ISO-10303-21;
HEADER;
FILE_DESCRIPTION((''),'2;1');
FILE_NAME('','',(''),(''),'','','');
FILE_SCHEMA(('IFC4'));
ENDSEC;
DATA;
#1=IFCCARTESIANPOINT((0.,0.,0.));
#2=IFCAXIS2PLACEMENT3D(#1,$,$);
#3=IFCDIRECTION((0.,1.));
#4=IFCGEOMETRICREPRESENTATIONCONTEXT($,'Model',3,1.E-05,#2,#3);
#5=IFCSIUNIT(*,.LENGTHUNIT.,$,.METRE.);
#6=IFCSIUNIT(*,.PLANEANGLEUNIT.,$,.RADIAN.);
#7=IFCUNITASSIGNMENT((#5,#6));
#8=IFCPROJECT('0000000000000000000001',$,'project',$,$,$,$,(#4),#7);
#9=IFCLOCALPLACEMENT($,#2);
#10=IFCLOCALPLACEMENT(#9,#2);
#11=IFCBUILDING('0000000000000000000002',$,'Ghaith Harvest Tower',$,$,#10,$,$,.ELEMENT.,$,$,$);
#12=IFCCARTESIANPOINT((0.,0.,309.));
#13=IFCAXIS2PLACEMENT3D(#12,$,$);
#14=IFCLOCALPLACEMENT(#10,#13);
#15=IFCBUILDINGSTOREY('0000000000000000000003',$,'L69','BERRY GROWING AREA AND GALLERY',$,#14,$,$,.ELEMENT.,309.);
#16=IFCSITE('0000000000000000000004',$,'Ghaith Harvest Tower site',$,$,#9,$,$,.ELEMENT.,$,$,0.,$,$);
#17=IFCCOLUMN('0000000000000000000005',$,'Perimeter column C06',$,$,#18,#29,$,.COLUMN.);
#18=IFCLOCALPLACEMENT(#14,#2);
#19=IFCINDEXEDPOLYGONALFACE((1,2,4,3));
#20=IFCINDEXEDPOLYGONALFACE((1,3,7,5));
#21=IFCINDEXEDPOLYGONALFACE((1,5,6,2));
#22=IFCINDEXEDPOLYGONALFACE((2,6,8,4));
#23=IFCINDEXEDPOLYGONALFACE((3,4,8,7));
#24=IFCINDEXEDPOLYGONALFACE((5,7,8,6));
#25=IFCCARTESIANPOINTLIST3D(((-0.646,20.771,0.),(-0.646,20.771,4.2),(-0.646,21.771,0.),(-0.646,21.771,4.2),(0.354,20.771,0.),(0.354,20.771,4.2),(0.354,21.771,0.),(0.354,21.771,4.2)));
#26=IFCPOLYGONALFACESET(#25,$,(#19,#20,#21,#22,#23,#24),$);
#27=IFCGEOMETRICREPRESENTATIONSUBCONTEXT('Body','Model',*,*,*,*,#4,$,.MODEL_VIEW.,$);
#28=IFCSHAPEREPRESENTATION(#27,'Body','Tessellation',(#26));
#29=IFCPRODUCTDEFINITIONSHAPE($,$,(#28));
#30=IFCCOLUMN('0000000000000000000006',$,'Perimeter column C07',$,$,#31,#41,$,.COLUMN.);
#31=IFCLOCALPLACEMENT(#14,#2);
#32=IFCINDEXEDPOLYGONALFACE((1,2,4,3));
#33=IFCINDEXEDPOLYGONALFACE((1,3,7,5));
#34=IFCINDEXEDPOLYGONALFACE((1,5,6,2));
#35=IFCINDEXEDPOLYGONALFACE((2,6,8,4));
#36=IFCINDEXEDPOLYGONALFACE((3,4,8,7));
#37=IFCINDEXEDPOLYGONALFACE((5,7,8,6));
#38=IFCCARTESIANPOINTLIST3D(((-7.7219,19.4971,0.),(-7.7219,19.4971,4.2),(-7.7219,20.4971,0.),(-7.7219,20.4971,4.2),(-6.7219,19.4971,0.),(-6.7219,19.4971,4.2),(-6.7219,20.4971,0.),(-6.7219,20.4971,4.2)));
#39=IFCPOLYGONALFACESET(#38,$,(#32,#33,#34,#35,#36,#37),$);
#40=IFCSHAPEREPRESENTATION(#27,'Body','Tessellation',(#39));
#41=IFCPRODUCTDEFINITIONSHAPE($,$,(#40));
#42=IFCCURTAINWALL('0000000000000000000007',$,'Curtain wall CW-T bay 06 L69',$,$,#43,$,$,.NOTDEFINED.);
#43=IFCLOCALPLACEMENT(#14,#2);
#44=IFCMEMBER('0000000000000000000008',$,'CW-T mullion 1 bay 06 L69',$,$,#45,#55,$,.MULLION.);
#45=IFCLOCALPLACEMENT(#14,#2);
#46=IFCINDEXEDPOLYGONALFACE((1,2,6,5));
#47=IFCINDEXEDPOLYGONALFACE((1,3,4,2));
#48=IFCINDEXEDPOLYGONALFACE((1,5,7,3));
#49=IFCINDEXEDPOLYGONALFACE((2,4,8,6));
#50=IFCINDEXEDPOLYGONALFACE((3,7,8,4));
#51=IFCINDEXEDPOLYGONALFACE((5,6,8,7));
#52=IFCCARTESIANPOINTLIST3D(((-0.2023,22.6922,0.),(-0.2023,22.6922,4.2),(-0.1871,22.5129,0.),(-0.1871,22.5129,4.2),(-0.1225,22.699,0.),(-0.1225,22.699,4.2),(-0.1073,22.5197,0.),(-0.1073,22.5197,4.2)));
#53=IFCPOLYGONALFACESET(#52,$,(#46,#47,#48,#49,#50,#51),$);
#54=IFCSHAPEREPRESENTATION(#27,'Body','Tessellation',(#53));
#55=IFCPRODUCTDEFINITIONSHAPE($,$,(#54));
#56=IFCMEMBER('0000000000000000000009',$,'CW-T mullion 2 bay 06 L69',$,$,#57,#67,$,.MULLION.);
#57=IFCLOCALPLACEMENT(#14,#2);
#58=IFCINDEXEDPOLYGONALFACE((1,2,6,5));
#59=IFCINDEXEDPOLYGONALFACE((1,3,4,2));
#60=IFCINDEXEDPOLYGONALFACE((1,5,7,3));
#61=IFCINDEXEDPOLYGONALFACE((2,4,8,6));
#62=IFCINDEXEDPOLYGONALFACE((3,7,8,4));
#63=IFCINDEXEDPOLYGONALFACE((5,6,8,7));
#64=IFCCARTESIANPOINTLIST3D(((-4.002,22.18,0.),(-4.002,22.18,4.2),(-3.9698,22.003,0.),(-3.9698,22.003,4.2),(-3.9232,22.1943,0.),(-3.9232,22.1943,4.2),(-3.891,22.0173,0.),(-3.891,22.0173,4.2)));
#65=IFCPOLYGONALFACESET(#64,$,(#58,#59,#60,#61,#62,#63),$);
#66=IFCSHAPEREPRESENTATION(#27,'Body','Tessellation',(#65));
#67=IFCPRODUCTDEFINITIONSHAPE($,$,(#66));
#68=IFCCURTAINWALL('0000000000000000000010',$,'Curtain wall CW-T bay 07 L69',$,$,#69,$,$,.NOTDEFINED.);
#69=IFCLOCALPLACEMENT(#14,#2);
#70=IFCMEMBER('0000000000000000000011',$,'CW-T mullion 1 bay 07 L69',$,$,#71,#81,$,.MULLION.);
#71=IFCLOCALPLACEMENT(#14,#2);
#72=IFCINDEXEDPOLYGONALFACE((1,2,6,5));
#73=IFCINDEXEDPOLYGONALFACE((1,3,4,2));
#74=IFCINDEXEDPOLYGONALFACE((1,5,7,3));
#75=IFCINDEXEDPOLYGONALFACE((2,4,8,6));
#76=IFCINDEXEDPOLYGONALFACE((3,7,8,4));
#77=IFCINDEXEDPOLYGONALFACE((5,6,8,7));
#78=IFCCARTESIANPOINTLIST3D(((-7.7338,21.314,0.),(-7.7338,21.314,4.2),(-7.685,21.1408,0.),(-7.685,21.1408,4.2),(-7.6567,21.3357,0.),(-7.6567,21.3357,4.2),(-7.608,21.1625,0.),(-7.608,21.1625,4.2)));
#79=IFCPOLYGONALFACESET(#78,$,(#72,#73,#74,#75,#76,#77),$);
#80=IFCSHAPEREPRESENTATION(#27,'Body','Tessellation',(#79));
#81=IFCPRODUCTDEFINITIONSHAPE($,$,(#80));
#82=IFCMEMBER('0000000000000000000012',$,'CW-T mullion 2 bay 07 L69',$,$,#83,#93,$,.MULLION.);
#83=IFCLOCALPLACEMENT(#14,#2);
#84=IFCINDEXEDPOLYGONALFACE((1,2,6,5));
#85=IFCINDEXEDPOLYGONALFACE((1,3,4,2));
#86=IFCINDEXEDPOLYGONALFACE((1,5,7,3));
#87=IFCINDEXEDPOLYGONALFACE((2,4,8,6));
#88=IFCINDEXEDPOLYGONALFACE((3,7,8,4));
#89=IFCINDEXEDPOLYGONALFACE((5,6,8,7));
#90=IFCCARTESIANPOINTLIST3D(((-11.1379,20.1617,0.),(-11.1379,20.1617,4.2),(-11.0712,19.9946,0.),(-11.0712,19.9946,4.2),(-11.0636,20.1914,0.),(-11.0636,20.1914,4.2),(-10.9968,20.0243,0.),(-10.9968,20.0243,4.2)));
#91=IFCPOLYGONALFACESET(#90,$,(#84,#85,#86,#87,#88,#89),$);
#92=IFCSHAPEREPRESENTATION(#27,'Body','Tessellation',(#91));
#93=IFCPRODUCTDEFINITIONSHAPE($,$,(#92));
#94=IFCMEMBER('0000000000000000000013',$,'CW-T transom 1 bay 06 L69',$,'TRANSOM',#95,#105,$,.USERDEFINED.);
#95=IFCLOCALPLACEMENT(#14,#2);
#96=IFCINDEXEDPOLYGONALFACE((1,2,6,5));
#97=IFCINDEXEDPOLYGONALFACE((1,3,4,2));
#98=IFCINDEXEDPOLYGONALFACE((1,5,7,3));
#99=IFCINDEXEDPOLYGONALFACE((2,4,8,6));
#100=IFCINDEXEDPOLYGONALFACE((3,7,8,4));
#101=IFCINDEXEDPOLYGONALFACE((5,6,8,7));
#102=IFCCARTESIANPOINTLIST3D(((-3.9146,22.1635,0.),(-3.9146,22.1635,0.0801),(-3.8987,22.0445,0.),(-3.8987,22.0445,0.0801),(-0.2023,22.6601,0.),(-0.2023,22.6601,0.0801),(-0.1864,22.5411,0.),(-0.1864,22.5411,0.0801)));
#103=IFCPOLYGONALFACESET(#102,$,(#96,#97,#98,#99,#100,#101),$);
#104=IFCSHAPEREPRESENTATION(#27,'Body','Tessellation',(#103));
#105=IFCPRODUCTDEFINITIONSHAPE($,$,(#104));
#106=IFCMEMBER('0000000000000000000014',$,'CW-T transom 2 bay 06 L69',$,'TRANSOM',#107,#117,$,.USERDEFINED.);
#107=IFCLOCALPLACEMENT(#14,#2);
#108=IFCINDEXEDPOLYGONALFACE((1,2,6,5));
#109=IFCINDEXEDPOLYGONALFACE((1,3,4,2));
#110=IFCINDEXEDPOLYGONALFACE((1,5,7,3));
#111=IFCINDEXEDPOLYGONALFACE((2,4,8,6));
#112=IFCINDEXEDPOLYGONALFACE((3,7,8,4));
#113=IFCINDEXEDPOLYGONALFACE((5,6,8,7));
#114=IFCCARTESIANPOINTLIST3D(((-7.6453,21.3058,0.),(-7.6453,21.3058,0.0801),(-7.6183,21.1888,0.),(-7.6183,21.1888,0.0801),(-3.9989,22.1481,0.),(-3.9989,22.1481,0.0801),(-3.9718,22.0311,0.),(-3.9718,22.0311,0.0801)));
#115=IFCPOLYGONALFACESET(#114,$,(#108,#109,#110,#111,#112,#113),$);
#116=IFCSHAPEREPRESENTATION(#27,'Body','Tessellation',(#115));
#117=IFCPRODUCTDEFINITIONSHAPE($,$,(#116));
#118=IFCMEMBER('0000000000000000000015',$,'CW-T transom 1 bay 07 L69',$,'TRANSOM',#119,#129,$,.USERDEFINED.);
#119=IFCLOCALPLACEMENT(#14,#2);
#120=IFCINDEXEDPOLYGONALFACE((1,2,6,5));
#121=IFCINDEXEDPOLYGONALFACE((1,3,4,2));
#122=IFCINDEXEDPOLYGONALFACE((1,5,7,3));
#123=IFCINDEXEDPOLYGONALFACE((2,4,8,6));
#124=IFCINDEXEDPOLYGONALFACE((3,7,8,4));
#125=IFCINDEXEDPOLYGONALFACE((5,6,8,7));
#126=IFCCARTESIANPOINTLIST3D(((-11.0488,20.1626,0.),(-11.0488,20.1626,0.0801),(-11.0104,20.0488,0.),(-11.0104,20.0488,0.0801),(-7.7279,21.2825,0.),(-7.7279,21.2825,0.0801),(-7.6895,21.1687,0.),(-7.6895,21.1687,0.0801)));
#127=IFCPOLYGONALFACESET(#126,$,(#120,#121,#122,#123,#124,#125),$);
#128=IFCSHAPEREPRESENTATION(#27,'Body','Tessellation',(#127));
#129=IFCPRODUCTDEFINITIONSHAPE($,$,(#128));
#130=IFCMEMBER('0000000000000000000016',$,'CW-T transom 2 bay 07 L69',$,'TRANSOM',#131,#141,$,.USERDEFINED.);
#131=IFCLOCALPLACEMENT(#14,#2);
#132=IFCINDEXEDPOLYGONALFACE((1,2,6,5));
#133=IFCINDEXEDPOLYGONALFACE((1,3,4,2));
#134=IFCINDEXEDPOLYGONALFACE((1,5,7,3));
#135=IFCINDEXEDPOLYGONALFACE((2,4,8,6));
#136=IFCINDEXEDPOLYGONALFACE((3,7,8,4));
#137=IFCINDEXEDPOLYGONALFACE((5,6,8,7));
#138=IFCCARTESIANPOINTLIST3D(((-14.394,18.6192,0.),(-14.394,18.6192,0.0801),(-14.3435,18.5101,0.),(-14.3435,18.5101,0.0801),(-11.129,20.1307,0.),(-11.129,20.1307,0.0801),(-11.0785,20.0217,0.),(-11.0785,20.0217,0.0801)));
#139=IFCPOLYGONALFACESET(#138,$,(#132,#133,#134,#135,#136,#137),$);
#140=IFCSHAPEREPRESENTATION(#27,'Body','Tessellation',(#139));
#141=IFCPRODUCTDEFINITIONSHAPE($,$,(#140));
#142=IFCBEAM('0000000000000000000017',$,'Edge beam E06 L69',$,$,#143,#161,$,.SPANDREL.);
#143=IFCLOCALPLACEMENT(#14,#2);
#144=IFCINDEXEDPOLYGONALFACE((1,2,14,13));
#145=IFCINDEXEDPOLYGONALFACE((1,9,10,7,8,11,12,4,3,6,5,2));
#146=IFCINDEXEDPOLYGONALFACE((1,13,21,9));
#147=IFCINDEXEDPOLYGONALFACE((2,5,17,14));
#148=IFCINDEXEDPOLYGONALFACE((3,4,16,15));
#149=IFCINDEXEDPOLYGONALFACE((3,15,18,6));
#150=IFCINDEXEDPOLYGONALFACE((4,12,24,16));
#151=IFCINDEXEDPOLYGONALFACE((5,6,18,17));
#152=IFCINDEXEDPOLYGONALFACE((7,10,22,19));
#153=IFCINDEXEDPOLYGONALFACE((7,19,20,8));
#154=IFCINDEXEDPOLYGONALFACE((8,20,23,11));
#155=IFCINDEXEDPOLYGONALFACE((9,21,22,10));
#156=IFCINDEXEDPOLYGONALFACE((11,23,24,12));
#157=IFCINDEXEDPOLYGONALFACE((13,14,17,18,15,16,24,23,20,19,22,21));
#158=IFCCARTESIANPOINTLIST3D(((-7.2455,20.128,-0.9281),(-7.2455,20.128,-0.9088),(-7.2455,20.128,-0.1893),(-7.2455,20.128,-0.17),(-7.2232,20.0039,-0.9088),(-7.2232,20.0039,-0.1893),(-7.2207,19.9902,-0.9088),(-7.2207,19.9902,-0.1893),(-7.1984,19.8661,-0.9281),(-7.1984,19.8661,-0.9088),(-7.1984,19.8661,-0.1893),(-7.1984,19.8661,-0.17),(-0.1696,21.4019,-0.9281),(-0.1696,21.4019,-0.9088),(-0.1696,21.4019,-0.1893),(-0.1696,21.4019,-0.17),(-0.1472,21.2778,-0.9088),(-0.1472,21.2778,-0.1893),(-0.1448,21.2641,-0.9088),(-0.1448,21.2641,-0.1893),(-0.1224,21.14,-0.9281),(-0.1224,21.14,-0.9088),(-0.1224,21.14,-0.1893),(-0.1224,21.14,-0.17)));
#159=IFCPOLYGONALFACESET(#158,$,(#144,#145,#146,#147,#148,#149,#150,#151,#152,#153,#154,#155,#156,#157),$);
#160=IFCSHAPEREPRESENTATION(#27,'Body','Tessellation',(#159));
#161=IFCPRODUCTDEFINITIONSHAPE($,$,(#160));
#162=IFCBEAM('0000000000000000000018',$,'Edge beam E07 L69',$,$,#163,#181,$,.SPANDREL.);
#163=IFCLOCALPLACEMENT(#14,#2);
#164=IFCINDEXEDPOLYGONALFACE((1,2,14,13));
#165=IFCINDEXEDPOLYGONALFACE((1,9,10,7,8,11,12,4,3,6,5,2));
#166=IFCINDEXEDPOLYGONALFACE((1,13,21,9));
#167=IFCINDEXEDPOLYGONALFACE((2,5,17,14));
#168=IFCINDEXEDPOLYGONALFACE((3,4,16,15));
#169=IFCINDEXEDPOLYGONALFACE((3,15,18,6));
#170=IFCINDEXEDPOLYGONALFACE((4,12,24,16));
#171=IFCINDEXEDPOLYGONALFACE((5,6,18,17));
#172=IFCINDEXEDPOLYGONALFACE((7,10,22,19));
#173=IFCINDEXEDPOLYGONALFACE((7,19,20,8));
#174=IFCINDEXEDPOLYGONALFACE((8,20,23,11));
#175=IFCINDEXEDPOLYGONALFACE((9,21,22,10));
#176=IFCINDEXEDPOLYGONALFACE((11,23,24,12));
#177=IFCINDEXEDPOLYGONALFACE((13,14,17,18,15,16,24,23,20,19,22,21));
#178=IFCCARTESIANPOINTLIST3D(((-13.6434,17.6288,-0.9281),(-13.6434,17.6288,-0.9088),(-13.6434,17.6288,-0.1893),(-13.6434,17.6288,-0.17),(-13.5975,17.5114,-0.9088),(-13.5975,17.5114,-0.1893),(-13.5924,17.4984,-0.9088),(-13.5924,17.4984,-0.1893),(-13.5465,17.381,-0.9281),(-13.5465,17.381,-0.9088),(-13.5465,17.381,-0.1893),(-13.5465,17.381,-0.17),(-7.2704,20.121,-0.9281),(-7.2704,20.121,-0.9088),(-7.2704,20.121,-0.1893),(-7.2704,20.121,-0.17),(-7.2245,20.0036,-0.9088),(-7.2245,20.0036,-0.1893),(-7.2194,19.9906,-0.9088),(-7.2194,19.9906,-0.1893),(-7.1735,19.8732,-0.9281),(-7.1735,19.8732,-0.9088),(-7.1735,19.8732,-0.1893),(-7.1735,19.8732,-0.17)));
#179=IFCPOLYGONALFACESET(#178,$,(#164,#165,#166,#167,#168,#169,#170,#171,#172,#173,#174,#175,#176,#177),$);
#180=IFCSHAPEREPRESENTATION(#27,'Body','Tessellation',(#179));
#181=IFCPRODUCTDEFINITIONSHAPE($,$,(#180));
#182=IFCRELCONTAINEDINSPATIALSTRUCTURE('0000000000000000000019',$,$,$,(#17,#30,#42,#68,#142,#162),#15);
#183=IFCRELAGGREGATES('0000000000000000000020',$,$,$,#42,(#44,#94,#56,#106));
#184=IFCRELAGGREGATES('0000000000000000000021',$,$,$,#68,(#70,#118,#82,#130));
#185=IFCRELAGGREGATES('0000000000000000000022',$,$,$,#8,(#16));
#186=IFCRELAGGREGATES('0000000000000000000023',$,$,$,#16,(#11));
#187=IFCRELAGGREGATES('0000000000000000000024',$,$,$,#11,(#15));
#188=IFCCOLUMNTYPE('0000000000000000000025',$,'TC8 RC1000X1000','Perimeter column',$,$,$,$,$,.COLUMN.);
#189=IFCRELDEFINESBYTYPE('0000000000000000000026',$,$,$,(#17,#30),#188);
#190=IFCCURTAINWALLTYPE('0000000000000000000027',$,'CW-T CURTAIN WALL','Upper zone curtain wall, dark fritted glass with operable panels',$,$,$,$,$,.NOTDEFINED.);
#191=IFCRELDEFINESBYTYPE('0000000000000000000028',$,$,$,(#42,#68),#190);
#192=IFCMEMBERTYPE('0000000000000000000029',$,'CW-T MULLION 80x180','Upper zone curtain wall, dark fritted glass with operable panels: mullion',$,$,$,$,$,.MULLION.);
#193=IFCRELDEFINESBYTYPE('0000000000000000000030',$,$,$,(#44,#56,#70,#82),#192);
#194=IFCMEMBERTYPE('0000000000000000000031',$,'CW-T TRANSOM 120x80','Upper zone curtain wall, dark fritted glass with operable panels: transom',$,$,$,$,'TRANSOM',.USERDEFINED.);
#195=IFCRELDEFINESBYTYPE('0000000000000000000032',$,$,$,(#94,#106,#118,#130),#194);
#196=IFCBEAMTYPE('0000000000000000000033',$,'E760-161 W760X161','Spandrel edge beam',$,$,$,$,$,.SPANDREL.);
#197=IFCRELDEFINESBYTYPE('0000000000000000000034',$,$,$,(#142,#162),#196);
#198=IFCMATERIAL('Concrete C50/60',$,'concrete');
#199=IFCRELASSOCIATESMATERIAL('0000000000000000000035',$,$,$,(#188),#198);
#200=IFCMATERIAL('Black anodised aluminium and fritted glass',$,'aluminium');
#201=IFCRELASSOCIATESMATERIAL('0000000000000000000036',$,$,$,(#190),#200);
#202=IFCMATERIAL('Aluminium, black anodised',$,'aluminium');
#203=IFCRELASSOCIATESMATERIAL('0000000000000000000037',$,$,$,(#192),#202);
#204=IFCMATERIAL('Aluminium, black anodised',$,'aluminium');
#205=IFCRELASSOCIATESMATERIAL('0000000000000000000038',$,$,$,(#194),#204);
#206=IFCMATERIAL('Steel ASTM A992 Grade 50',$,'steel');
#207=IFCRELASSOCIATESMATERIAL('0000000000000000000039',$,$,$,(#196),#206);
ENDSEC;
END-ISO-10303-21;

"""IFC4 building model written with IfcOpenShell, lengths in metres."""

from ifc_helpers import new_model, si_unit, direction, frame, origin, origin_2d, place, context, subcontext, project, spatial, rectangle, i_section, extrude, material, material_profile, profile_set, type_object, element, aggregate, save


model = new_model("IFC4")

# Units and contexts
model_context = context("Model", 3, precision=1e-05, world=origin(), true_north=direction((0.0, 1.0)))
body_context = subcontext(model_context, "Body", "Model", "MODEL_VIEW")
ifc_project = project(units=[si_unit("LENGTHUNIT", "METRE"), si_unit("PLANEANGLEUNIT", "RADIAN")], contexts=[model_context])

# Site, building, storey
site_placement = place(None, origin())
site = spatial("IfcSite", under=ifc_project, at=site_placement, Name="Ghaith Harvest Tower site", CompositionType="ELEMENT", RefElevation=0.0)
building_placement = place(site_placement, origin())
building = spatial("IfcBuilding", under=site, at=building_placement, Name="Ghaith Harvest Tower", CompositionType="ELEMENT")
storey_placement = place(building_placement, frame((0.0, 0.0, 309.0)))
storey = spatial("IfcBuildingStorey", under=building, at=storey_placement, Name="L69", Description="BERRY GROWING AREA AND GALLERY", CompositionType="ELEMENT", Elevation=309.0)

# Columns
ifc_material_1 = material(Name="Concrete C50/60", Category="concrete")
ifc_material_profile_1 = material_profile(ifc_material_1, rectangle(XDim=1.0, YDim=1.0, at=origin_2d()), Name="RC1000X1000")
ifc_profile_set_1 = profile_set([ifc_material_profile_1], Name="Concrete C50/60")
column_type = type_object("IfcColumnType", Name="TC8 RC1000X1000", Description="Perimeter column", PredefinedType="COLUMN", material=ifc_profile_set_1)
for number, where, z_axis, x_axis, name in (
    (1, (-0.146, 21.271, 0.0), (0.0, 0.0, 1.0), (1.0, 0.0, 0.0), "Perimeter column C06"),
    (2, (-7.2219, 19.9971, 0.0), (0.0, 0.0, 1.0), (1.0, 0.0, 0.0), "Perimeter column C07"),
):
    element("IfcColumn", number, at=place(storey_placement, frame(where, z_axis=z_axis, x_axis=x_axis)), inside=storey, type_object=column_type, Name=name, PredefinedType="COLUMN", context=body_context, shape_type="SweptSolid", body=[
        extrude(rectangle(XDim=1.0, YDim=1.0, at=origin_2d()), origin(), (0.0, 0.0, 1.0), 4.2),
    ])

# Curtain walls, members
ifc_material_2 = material(Name="Black anodised aluminium and fritted glass", Category="aluminium")
curtain_wall_type = type_object("IfcCurtainWallType", Name="CW-T CURTAIN WALL", Description="Upper zone curtain wall, dark fritted glass with operable panels", PredefinedType="NOTDEFINED", material=ifc_material_2)
curtain_wall_1_placement = place(storey_placement, origin())
curtain_wall_1 = element("IfcCurtainWall", 3, at=curtain_wall_1_placement, inside=storey, type_object=curtain_wall_type, Name="Curtain wall CW-T bay 06 L69", PredefinedType="NOTDEFINED")
ifc_material_3 = material(Name="Aluminium, black anodised", Category="aluminium")
ifc_material_profile_2 = material_profile(ifc_material_3, rectangle(XDim=0.0801, YDim=0.1799, at=origin_2d()), Name="CW-T MULLION 80x180")
ifc_profile_set_2 = profile_set([ifc_material_profile_2], Name="Aluminium, black anodised")
member_type_1 = type_object("IfcMemberType", Name="CW-T MULLION 80x180", Description="Upper zone curtain wall, dark fritted glass with operable panels: mullion", PredefinedType="MULLION", material=ifc_profile_set_2)
member_1_placement = place(storey_placement, frame((-0.1548, 22.606, 0.0), z_axis=(0.0, 0.0, 1.0), x_axis=(-0.996415, -0.084602, 0.0)))
member_1 = element("IfcMember", 4, at=member_1_placement, type_object=member_type_1, Name="CW-T mullion 1 bay 06 L69", PredefinedType="MULLION", context=body_context, shape_type="SweptSolid", body=[
    extrude(rectangle(XDim=0.0801, YDim=0.1799, at=origin_2d()), origin(), (0.0, 0.0, 1.0), 4.2),
])
member_2_placement = place(storey_placement, frame((-3.9465, 22.0986, 0.0), z_axis=(0.0, 0.0, 1.0), x_axis=(-0.983843, -0.179031, 0.0)))
member_2 = element("IfcMember", 5, at=member_2_placement, type_object=member_type_1, Name="CW-T mullion 2 bay 06 L69", PredefinedType="MULLION", context=body_context, shape_type="SweptSolid", body=[
    extrude(rectangle(XDim=0.0801, YDim=0.1799, at=origin_2d()), origin(), (0.0, 0.0, 1.0), 4.2),
])
curtain_wall_2_placement = place(storey_placement, origin())
curtain_wall_2 = element("IfcCurtainWall", 6, at=curtain_wall_2_placement, inside=storey, type_object=curtain_wall_type, Name="Curtain wall CW-T bay 07 L69", PredefinedType="NOTDEFINED")
member_3_placement = place(storey_placement, frame((-7.6709, 21.2383, 0.0), z_axis=(0.0, 0.0, 1.0), x_axis=(-0.962552, -0.271095, 0.0)))
member_3 = element("IfcMember", 7, at=member_3_placement, type_object=member_type_1, Name="CW-T mullion 1 bay 07 L69", PredefinedType="MULLION", context=body_context, shape_type="SweptSolid", body=[
    extrude(rectangle(XDim=0.0801, YDim=0.1799, at=origin_2d()), origin(), (0.0, 0.0, 1.0), 4.2),
])
member_4_placement = place(storey_placement, frame((-11.0674, 20.093, 0.0), z_axis=(0.0, 0.0, 1.0), x_axis=(-0.928624, -0.371021, 0.0)))
member_4 = element("IfcMember", 8, at=member_4_placement, type_object=member_type_1, Name="CW-T mullion 2 bay 07 L69", PredefinedType="MULLION", context=body_context, shape_type="SweptSolid", body=[
    extrude(rectangle(XDim=0.0801, YDim=0.1799, at=origin_2d()), origin(), (0.0, 0.0, 1.0), 4.2),
])

# Members
ifc_material_4 = material(Name="Aluminium, black anodised", Category="aluminium")
ifc_material_profile_3 = material_profile(ifc_material_4, rectangle(XDim=0.1201, YDim=0.0801, at=origin_2d()), Name="CW-T TRANSOM 120x80")
ifc_profile_set_3 = profile_set([ifc_material_profile_3], Name="Aluminium, black anodised")
member_type_2 = type_object("IfcMemberType", Name="CW-T TRANSOM 120x80", Description="Upper zone curtain wall, dark fritted glass with operable panels: transom", ElementType="TRANSOM", PredefinedType="USERDEFINED", material=ifc_profile_set_3)
member_5_placement = place(storey_placement, frame((-0.1943, 22.6006, 0.04), z_axis=(-0.991172, -0.132582, 0.0), x_axis=(0.132582, -0.991172, 0.0)))
member_5 = element("IfcMember", 9, at=member_5_placement, type_object=member_type_2, Name="CW-T transom 1 bay 06 L69", ObjectType="TRANSOM", PredefinedType="USERDEFINED", context=body_context, shape_type="SweptSolid", body=[
    extrude(rectangle(XDim=0.1201, YDim=0.0801, at=origin_2d()), origin(), (0.0, 0.0, 1.0), 3.7454),
])
member_6_placement = place(storey_placement, frame((-3.9854, 22.0896, 0.04), z_axis=(-0.974345, -0.22506, 0.0), x_axis=(0.22506, -0.974345, 0.0)))
member_6 = element("IfcMember", 10, at=member_6_placement, type_object=member_type_2, Name="CW-T transom 2 bay 06 L69", ObjectType="TRANSOM", PredefinedType="USERDEFINED", context=body_context, shape_type="SweptSolid", body=[
    extrude(rectangle(XDim=0.1201, YDim=0.0801, at=origin_2d()), origin(), (0.0, 0.0, 1.0), 3.7424),
])
member_7_placement = place(storey_placement, frame((-7.7087, 21.2256, 0.04), z_axis=(-0.94757, -0.319549, 0.0), x_axis=(0.319549, -0.94757, 0.0)))
member_7 = element("IfcMember", 11, at=member_7_placement, type_object=member_type_2, Name="CW-T transom 1 bay 07 L69", ObjectType="TRANSOM", PredefinedType="USERDEFINED", context=body_context, shape_type="SweptSolid", body=[
    extrude(rectangle(XDim=0.1201, YDim=0.0801, at=origin_2d()), origin(), (0.0, 0.0, 1.0), 3.5046),
])
member_8_placement = place(storey_placement, frame((-11.1038, 20.0762, 0.04), z_axis=(-0.907472, -0.420112, 0.0), x_axis=(0.420112, -0.907472, 0.0)))
member_8 = element("IfcMember", 12, at=member_8_placement, type_object=member_type_2, Name="CW-T transom 2 bay 07 L69", ObjectType="TRANSOM", PredefinedType="USERDEFINED", context=body_context, shape_type="SweptSolid", body=[
    extrude(rectangle(XDim=0.1201, YDim=0.0801, at=origin_2d()), origin(), (0.0, 0.0, 1.0), 3.5979),
])

# Beams
ifc_material_5 = material(Name="Steel ASTM A992 Grade 50", Category="steel")
ifc_material_profile_4 = material_profile(ifc_material_5, i_section(OverallWidth=0.2661, OverallDepth=0.7581, WebThickness=0.0139, FlangeThickness=0.0193, at=origin_2d()), Name="W760X161")
ifc_profile_set_4 = profile_set([ifc_material_profile_4], Name="Steel ASTM A992 Grade 50")
beam_type = type_object("IfcBeamType", Name="E760-161 W760X161", Description="Spandrel edge beam", PredefinedType="SPANDREL", material=ifc_profile_set_4)
beam_1_placement = place(storey_placement, frame((-0.146, 21.271, -0.5491), z_axis=(-0.984177, -0.177188, 0.0), x_axis=(0.177188, -0.984177, 0.0)))
element("IfcBeam", 13, at=beam_1_placement, inside=storey, type_object=beam_type, Name="Edge beam E06 L69", PredefinedType="SPANDREL", context=body_context, shape_type="SweptSolid", body=[
    extrude(i_section(OverallWidth=0.2661, OverallDepth=0.7581, WebThickness=0.0139, FlangeThickness=0.0193, at=origin_2d()), origin(), (0.0, 0.0, 1.0), 7.1897),
])
beam_2_placement = place(storey_placement, frame((-7.2219, 19.9971, -0.5491), z_axis=(-0.931323, -0.364195, 0.0), x_axis=(0.364195, -0.931323, 0.0)))
element("IfcBeam", 14, at=beam_2_placement, inside=storey, type_object=beam_type, Name="Edge beam E07 L69", PredefinedType="SPANDREL", context=body_context, shape_type="SweptSolid", body=[
    extrude(i_section(OverallWidth=0.2661, OverallDepth=0.7581, WebThickness=0.0139, FlangeThickness=0.0193, at=origin_2d()), origin(), (0.0, 0.0, 1.0), 6.843),
])

aggregate(curtain_wall_1, [member_1, member_5, member_2, member_6])
aggregate(curtain_wall_2, [member_3, member_7, member_4, member_8])

save(model, "model.ifc")
